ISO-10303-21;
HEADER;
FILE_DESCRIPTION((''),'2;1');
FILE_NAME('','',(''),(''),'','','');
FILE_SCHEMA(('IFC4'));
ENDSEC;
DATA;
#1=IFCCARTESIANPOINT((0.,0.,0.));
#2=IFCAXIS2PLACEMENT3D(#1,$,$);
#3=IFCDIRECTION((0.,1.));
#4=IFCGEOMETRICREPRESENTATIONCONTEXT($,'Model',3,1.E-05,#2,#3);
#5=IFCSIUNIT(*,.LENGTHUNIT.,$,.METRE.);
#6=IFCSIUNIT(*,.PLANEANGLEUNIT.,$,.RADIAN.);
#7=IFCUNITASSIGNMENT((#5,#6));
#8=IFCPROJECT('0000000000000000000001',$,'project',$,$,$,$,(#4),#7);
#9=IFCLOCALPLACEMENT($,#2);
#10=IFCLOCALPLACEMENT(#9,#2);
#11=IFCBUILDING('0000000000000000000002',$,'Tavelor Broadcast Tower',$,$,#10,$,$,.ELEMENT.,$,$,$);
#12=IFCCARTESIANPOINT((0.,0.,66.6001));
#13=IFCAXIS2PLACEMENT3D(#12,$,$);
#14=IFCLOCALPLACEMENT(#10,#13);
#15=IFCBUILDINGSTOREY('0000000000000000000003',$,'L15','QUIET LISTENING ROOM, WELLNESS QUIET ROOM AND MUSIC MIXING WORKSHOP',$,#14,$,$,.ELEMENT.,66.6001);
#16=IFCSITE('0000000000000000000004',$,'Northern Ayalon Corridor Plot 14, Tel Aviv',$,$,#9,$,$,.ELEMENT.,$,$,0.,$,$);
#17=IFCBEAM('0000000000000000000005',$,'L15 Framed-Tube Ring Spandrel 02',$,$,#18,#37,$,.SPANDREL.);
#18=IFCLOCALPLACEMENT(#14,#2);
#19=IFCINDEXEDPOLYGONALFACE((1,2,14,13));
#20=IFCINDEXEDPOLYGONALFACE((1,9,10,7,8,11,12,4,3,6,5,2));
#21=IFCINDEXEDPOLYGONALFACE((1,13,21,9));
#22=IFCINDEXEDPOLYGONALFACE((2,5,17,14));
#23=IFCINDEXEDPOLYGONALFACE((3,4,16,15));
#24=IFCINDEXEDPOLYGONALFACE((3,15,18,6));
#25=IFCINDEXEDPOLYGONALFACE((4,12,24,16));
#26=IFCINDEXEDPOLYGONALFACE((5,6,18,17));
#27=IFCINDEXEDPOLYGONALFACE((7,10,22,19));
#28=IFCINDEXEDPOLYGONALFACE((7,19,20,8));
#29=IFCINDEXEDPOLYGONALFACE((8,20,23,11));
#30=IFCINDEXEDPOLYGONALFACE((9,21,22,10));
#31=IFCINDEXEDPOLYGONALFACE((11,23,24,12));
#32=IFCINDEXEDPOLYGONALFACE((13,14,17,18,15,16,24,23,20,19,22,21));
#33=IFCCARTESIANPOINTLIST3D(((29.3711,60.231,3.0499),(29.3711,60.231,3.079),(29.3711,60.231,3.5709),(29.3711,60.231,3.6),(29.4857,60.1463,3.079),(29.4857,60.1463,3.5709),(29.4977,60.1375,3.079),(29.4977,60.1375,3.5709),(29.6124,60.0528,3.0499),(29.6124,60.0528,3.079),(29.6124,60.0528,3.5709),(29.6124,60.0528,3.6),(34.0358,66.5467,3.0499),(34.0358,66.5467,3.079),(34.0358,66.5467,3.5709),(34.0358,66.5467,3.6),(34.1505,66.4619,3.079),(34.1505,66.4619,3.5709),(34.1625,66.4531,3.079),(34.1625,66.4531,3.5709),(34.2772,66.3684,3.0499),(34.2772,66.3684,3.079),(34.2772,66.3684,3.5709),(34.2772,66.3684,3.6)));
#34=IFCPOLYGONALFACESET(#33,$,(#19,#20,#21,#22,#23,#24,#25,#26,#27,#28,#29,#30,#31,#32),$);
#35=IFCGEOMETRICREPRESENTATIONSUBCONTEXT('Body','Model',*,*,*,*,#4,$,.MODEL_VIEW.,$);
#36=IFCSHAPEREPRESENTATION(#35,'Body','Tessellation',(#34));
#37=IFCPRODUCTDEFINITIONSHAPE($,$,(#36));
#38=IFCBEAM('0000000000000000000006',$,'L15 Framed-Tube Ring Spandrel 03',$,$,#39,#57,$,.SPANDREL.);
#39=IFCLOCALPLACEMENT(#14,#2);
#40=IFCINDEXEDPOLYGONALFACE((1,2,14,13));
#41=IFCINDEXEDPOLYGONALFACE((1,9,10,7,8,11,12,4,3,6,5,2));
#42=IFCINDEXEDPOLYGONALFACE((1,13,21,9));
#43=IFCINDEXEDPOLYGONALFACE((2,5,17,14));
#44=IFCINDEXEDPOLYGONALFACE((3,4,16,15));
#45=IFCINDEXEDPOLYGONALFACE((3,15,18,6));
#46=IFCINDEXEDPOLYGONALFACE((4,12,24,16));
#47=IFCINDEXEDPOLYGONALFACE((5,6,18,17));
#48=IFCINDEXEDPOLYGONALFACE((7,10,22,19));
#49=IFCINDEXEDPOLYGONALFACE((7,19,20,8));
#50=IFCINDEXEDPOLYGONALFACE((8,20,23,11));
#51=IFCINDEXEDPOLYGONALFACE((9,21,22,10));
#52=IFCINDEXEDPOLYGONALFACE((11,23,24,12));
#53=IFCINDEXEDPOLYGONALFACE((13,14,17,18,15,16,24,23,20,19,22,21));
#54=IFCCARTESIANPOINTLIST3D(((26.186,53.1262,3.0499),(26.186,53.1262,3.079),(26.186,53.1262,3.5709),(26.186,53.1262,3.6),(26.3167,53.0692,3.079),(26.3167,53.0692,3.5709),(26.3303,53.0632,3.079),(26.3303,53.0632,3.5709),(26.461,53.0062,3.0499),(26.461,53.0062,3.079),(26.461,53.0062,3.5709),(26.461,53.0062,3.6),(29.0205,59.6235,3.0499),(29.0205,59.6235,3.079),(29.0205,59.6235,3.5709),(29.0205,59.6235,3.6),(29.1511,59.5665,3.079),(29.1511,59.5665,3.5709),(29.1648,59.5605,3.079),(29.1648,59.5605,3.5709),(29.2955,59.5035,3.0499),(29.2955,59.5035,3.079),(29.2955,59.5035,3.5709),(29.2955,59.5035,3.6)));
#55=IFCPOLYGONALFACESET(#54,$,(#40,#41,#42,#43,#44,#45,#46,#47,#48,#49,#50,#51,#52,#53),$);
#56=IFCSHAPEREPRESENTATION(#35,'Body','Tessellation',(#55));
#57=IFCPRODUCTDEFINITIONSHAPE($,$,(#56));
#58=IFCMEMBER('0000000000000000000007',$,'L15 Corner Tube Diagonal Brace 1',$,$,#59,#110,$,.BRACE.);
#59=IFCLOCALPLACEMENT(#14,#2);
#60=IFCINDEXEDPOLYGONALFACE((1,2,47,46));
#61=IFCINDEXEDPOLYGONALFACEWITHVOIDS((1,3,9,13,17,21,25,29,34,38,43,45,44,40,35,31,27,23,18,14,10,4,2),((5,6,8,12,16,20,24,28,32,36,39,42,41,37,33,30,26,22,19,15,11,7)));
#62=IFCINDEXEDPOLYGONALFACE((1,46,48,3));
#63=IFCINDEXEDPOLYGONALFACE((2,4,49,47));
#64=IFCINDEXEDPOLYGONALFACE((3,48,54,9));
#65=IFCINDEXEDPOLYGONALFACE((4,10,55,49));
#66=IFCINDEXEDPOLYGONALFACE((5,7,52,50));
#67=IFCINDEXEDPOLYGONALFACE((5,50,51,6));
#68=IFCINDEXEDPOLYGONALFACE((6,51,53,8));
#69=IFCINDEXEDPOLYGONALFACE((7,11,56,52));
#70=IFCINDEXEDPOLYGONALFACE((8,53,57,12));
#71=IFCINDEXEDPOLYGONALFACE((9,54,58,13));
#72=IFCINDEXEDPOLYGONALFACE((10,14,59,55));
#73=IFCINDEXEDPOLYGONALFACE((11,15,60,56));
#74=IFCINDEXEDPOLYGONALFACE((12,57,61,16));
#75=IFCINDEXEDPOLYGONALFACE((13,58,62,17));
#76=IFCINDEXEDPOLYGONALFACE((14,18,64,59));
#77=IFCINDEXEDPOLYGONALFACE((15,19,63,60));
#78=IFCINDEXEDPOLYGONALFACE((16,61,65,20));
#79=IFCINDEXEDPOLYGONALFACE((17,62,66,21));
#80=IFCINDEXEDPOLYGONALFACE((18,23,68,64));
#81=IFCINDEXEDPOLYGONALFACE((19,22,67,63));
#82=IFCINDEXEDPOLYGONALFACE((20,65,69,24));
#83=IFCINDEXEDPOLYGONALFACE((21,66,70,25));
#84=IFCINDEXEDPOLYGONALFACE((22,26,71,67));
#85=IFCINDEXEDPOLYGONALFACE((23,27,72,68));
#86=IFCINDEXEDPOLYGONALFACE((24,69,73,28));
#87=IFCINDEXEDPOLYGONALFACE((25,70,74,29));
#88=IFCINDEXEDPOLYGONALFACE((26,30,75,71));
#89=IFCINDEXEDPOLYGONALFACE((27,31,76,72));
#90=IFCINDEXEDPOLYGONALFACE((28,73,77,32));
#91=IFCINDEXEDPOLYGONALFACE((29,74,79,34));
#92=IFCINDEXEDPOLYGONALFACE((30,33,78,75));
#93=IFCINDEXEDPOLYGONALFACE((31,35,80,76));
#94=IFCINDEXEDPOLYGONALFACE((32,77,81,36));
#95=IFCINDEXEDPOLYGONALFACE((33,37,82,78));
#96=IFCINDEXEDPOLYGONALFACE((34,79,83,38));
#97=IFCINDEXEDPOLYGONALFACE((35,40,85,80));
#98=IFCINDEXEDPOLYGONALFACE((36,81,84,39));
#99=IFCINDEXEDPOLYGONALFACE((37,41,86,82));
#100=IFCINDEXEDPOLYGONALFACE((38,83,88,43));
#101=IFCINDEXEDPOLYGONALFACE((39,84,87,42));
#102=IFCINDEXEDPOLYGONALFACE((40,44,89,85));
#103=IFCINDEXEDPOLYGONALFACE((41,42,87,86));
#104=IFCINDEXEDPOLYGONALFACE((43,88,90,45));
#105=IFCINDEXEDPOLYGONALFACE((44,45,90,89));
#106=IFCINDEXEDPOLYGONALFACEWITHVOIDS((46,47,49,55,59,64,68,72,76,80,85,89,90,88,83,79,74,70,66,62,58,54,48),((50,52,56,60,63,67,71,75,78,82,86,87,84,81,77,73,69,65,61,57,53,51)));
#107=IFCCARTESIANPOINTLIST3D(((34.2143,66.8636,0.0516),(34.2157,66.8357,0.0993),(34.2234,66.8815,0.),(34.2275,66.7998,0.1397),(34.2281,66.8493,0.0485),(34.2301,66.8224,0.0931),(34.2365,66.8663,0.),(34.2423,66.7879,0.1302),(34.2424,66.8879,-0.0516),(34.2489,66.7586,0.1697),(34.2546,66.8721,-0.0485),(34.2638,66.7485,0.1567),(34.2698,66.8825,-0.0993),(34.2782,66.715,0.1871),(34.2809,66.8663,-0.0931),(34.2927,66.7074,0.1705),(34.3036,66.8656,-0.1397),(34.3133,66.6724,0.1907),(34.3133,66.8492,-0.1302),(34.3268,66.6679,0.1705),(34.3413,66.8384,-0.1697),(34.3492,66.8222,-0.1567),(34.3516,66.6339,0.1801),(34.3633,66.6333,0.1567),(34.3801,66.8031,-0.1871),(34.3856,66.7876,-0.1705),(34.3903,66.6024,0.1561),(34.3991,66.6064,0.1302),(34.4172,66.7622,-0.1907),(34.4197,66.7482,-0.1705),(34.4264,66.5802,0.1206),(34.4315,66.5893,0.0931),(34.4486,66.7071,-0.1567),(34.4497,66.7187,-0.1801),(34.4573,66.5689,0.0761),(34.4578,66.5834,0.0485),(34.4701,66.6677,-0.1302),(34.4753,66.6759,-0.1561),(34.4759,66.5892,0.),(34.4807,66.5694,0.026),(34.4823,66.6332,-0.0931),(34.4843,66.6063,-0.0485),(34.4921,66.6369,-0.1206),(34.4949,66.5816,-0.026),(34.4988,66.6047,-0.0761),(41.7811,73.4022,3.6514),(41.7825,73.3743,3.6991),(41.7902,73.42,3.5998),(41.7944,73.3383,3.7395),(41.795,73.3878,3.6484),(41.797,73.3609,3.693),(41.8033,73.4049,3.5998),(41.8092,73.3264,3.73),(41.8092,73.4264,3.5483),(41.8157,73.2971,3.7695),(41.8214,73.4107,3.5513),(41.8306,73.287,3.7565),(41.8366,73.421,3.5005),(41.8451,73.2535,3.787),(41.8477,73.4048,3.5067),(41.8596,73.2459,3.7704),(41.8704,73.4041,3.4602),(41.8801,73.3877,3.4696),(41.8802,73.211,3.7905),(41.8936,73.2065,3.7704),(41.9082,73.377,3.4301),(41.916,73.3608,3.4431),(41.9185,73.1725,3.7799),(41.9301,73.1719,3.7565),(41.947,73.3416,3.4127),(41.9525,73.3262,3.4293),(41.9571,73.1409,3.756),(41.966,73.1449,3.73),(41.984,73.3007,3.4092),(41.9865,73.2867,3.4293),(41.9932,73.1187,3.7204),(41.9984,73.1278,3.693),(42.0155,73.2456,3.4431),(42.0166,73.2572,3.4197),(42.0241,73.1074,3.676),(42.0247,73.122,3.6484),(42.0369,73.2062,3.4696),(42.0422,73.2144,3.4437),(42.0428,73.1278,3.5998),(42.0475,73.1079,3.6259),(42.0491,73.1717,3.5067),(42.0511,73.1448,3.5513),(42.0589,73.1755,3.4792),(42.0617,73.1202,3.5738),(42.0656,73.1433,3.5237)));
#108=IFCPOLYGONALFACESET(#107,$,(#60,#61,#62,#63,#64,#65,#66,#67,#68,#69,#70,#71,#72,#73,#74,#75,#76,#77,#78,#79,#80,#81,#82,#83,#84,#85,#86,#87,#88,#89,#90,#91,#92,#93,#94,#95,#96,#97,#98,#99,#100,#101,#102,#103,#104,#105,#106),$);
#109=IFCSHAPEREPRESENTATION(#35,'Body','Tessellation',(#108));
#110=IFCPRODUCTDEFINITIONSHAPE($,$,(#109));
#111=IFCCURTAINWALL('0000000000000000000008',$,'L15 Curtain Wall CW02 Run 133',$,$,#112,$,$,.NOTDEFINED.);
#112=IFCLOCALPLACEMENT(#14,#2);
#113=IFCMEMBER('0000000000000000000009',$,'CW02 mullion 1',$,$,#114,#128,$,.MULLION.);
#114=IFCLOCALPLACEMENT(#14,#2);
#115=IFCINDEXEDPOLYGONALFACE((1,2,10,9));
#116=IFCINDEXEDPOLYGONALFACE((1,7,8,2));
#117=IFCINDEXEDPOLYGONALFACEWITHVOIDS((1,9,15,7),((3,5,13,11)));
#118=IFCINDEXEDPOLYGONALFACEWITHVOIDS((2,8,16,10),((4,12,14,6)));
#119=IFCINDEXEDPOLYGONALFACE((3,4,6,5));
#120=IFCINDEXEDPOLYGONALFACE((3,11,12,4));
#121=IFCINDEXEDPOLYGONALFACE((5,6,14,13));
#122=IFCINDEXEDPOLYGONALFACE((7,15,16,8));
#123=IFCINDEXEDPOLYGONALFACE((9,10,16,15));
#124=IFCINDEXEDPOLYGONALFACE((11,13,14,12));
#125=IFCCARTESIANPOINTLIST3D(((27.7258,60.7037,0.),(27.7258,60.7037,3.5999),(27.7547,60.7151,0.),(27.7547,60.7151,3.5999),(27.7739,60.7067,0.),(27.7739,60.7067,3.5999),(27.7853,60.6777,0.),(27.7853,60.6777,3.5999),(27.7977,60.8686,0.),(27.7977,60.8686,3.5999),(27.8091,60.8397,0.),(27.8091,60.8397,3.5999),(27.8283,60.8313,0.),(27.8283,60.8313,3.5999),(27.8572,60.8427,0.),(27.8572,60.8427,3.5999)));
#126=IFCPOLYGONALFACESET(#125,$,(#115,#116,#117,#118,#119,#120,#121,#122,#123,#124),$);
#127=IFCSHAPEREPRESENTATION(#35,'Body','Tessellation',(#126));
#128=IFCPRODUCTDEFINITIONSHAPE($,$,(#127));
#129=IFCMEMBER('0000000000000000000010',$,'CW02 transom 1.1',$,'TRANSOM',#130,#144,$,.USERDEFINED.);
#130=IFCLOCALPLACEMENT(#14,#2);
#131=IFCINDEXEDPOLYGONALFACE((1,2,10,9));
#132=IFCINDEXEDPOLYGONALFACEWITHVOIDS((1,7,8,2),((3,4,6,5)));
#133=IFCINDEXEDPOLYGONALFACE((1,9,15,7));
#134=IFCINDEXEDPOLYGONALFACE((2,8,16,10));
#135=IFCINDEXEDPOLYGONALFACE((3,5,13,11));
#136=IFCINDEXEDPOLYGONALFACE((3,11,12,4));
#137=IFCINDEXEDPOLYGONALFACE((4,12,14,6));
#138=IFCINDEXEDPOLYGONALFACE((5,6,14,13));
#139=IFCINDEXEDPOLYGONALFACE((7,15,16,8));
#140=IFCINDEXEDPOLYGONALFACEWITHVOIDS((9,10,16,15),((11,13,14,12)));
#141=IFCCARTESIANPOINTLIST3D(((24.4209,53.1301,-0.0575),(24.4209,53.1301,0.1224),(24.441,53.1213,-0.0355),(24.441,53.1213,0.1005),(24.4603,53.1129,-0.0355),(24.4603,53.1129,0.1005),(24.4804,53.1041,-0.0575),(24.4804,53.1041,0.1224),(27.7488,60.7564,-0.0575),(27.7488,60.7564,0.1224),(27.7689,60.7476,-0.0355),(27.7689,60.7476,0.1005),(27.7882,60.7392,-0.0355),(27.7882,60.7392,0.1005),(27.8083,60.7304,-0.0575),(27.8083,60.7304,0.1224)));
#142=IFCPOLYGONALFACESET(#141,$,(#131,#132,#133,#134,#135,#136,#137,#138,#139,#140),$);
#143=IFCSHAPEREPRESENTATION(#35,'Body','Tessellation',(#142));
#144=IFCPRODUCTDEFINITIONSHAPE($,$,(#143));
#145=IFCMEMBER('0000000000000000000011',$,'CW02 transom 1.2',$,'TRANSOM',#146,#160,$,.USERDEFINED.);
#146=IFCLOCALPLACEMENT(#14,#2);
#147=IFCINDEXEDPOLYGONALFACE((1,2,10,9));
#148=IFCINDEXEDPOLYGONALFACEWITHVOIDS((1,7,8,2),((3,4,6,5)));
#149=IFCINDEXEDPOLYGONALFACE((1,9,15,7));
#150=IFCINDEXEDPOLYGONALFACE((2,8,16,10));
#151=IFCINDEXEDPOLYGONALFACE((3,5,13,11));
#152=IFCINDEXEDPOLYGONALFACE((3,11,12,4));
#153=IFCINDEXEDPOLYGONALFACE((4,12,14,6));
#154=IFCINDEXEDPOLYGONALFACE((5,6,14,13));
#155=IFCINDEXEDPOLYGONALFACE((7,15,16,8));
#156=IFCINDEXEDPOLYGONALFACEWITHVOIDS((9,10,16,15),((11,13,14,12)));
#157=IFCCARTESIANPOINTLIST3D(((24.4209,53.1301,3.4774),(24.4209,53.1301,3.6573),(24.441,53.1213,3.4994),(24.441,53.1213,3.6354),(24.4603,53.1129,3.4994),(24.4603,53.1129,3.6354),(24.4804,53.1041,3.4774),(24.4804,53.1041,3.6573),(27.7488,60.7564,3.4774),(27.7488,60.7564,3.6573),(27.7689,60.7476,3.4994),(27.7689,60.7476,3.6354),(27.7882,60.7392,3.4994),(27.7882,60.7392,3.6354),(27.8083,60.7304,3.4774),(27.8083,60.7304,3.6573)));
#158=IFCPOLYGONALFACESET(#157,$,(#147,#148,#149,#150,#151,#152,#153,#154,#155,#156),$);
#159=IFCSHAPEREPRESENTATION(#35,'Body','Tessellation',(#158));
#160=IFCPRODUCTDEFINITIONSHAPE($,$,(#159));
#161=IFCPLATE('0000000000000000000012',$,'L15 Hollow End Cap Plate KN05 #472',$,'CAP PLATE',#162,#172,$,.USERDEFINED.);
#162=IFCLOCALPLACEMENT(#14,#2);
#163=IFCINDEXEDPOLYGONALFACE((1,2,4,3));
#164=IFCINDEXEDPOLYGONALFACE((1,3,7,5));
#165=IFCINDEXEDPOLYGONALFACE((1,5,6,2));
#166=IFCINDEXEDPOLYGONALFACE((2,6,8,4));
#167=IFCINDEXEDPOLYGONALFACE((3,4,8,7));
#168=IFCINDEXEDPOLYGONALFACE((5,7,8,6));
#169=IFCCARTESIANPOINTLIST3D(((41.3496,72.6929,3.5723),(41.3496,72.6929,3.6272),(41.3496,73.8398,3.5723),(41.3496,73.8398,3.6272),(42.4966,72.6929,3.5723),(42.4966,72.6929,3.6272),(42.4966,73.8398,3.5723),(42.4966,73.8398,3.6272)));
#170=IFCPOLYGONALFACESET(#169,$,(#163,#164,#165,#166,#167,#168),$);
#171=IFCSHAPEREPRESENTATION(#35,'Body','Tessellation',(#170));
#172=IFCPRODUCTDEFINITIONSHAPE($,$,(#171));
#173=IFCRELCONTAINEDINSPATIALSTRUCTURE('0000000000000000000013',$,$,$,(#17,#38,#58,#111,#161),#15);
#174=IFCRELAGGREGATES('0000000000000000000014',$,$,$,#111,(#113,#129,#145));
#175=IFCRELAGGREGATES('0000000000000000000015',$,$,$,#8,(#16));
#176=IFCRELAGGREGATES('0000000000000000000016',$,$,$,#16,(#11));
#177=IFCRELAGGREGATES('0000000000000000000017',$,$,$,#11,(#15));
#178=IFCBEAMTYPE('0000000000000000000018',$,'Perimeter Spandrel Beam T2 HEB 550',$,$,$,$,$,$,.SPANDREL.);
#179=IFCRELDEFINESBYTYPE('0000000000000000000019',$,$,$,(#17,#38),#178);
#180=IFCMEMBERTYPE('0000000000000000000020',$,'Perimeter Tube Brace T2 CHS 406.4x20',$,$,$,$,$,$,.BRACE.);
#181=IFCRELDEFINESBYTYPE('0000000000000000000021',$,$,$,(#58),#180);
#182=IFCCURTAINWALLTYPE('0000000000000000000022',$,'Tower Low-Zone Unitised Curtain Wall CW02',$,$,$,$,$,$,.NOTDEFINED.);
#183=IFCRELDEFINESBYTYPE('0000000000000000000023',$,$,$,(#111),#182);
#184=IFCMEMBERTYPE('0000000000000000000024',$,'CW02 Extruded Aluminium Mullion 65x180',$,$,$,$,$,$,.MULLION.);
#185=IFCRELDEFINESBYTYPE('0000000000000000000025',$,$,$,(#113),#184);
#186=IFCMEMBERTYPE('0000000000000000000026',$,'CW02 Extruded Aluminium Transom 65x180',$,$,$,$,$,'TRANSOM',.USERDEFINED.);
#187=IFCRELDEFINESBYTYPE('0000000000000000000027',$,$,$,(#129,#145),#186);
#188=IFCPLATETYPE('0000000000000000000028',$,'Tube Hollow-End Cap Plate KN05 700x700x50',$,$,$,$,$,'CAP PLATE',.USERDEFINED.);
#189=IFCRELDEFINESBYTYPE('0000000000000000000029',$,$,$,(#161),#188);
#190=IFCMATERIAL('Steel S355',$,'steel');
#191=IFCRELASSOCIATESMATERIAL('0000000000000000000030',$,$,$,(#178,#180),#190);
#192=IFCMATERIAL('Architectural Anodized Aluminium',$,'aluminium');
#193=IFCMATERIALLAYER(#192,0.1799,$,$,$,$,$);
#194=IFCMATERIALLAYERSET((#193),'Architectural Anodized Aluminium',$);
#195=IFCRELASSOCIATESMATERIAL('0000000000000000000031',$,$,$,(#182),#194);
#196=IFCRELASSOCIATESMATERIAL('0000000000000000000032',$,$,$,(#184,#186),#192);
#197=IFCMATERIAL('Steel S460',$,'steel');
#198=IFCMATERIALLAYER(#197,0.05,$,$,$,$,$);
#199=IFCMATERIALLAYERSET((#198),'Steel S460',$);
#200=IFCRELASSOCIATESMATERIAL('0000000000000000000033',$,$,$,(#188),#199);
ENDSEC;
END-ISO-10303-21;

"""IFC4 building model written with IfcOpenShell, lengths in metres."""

from ifc_helpers import new_model, si_unit, direction, frame, origin, origin_2d, place, context, subcontext, project, spatial, rectangle, hollow_rectangle, hollow_circle, i_section, extrude, source, transform, mapped, material, layer, layer_set, material_profile, profile_set, type_object, type_shapes, element, aggregate, save


model = new_model("IFC4")

# Units and contexts
model_context = context("Model", 3, precision=1e-05, world=origin(), true_north=direction((0.0, 1.0)))
body_context = subcontext(model_context, "Body", "Model", "MODEL_VIEW")
ifc_project = project(units=[si_unit("LENGTHUNIT", "METRE"), si_unit("PLANEANGLEUNIT", "RADIAN")], contexts=[model_context])

# Site, building, storey
site_placement = place(None, origin())
site = spatial("IfcSite", under=ifc_project, at=site_placement, Name="Northern Ayalon Corridor Plot 14, Tel Aviv", CompositionType="ELEMENT", RefElevation=0.0)
building_placement = place(site_placement, origin())
building = spatial("IfcBuilding", under=site, at=building_placement, Name="Tavelor Broadcast Tower", CompositionType="ELEMENT")
storey_placement = place(building_placement, frame((0.0, 0.0, 66.6001)))
storey = spatial("IfcBuildingStorey", under=building, at=storey_placement, Name="L15", Description="QUIET LISTENING ROOM, WELLNESS QUIET ROOM AND MUSIC MIXING WORKSHOP", CompositionType="ELEMENT", Elevation=66.6001)

# Shared definitions
ifc_material_1 = material(Name="Steel S460", Category="steel")

# Beams
ifc_material_2 = material(Name="Steel S355", Category="steel")
ifc_material_profile_1 = material_profile(ifc_material_2, i_section(OverallWidth=0.3, OverallDepth=0.55, WebThickness=0.0149, FlangeThickness=0.0291, at=origin_2d()), Name="HEB 550")
ifc_profile_set_1 = profile_set([ifc_material_profile_1], Name="Steel S355")
beam_type_1 = type_object("IfcBeamType", Name="Perimeter Spandrel Beam T2 HEB 550", PredefinedType="SPANDREL", material=ifc_profile_set_1)
beam_1_placement = place(storey_placement, frame((34.1565, 66.4575, 3.325), z_axis=(-0.594118, -0.804378, 0.0), x_axis=(0.804378, -0.594118, 0.0)))
element("IfcBeam", 1, at=beam_1_placement, inside=storey, type_object=beam_type_1, Name="L15 Framed-Tube Ring Spandrel 02", PredefinedType="SPANDREL", context=body_context, shape_type="SweptSolid", body=[
    extrude(i_section(OverallWidth=0.3, OverallDepth=0.55, WebThickness=0.0149, FlangeThickness=0.0291, at=origin_2d()), origin(), (0.0, 0.0, 1.0), 7.8516),
])
beam_2_placement = place(storey_placement, frame((29.158, 59.5635, 3.325), z_axis=(-0.399859, -0.916577, 0.0), x_axis=(0.916577, -0.399859, 0.0)))
element("IfcBeam", 2, at=beam_2_placement, inside=storey, type_object=beam_type_1, Name="L15 Framed-Tube Ring Spandrel 03", PredefinedType="SPANDREL", context=body_context, shape_type="SweptSolid", body=[
    extrude(i_section(OverallWidth=0.3, OverallDepth=0.55, WebThickness=0.0149, FlangeThickness=0.0291, at=origin_2d()), origin(), (0.0, 0.0, 1.0), 7.0886),
])

# Member
ifc_material_profile_2 = material_profile(ifc_material_2, hollow_circle(Radius=0.2031, WallThickness=0.02, at=origin_2d()), Name="CHS 406.4x20")
ifc_profile_set_2 = profile_set([ifc_material_profile_2], Name="Steel S355")
member_type_1 = type_object("IfcMemberType", Name="Perimeter Tube Brace T2 CHS 406.4x20", PredefinedType="BRACE", material=ifc_profile_set_2)
member_1_placement = place(storey_placement, frame((34.3562, 66.7278, 0.0), z_axis=(0.711929, 0.61518, 0.338691), x_axis=(-0.653822, 0.756648, 0.0)))
element("IfcMember", 3, at=member_1_placement, inside=storey, type_object=member_type_1, Name="L15 Corner Tube Diagonal Brace 1", PredefinedType="BRACE", context=body_context, shape_type="SweptSolid", body=[
    extrude(hollow_circle(Radius=0.2031, WallThickness=0.02, at=origin_2d()), origin(), (0.0, 0.0, 1.0), 10.6287),
])

# Curtain wall, members
ifc_material_3 = material(Name="Architectural Anodized Aluminium", Category="aluminium")
ifc_layer_1 = layer(ifc_material_3, 0.1799)
ifc_layer_set_1 = layer_set([ifc_layer_1], Name="Architectural Anodized Aluminium")
curtain_wall_type = type_object("IfcCurtainWallType", Name="Tower Low-Zone Unitised Curtain Wall CW02", PredefinedType="NOTDEFINED", material=ifc_layer_set_1)
curtain_wall_placement = place(storey_placement, origin())
curtain_wall = element("IfcCurtainWall", 4, at=curtain_wall_placement, inside=storey, type_object=curtain_wall_type, Name="L15 Curtain Wall CW02 Run 133", PredefinedType="NOTDEFINED")
ifc_material_profile_3 = material_profile(ifc_material_3, hollow_rectangle(XDim=0.0649, YDim=0.1799, WallThickness=0.022, at=origin_2d()), Name="RHS 65x180x22")
ifc_profile_set_3 = profile_set([ifc_material_profile_3], Name="Architectural Anodized Aluminium")
member_type_2 = type_object("IfcMemberType", Name="CW02 Extruded Aluminium Mullion 65x180", PredefinedType="MULLION", material=ifc_profile_set_3)
shared_shape_1 = source(origin(), body_context, "Body", "SweptSolid", [
    extrude(hollow_rectangle(XDim=0.0649, YDim=0.1799, WallThickness=0.022, at=origin_2d()), origin(), (0.0, 0.0, 1.0), 3.5999),
])
type_shapes(member_type_2, [shared_shape_1])
member_2_placement = place(storey_placement, frame((27.7915, 60.7732, 0.0), z_axis=(0.0, 0.0, 1.0), x_axis=(0.916538, -0.399948, 0.0)))
member_2 = element("IfcMember", 5, at=member_2_placement, type_object=member_type_2, Name="CW02 mullion 1", PredefinedType="MULLION", context=body_context, shape_type="MappedRepresentation", body=[
    mapped(shared_shape_1, transform((0.0, 0.0, 0.0), scale=1.0)),
])
ifc_material_profile_4 = material_profile(ifc_material_3, hollow_rectangle(XDim=0.0649, YDim=0.1799, WallThickness=0.022, at=origin_2d()), Name="RHS 65x180x22")
ifc_profile_set_4 = profile_set([ifc_material_profile_4], Name="Architectural Anodized Aluminium")
member_type_3 = type_object("IfcMemberType", Name="CW02 Extruded Aluminium Transom 65x180", ElementType="TRANSOM", PredefinedType="USERDEFINED", material=ifc_profile_set_4)
shared_shape_2 = source(origin(), body_context, "Body", "SweptSolid", [
    extrude(hollow_rectangle(XDim=0.0649, YDim=0.1799, WallThickness=0.022, at=origin_2d()), origin(), (0.0, 0.0, 1.0), 8.3208),
])
type_shapes(member_type_3, [shared_shape_2])
member_3_placement = place(storey_placement, frame((27.7786, 60.7434, 0.0325), z_axis=(-0.399952, -0.916536, 0.0), x_axis=(0.916536, -0.399952, 0.0)))
member_3 = element("IfcMember", 6, at=member_3_placement, type_object=member_type_3, Name="CW02 transom 1.1", ObjectType="TRANSOM", PredefinedType="USERDEFINED", context=body_context, shape_type="MappedRepresentation", body=[
    mapped(shared_shape_2, transform((0.0, 0.0, 0.0), scale=1.0)),
])
member_4_placement = place(storey_placement, frame((27.7786, 60.7434, 3.5674), z_axis=(-0.399952, -0.916536, 0.0), x_axis=(0.916536, -0.399952, 0.0)))
member_4 = element("IfcMember", 7, at=member_4_placement, type_object=member_type_3, Name="CW02 transom 1.2", ObjectType="TRANSOM", PredefinedType="USERDEFINED", context=body_context, shape_type="MappedRepresentation", body=[
    mapped(shared_shape_2, transform((0.0, 0.0, 0.0), scale=1.0)),
])
aggregate(curtain_wall, [member_2, member_3, member_4])

# Plate
ifc_layer_2 = layer(ifc_material_1, 0.05)
ifc_layer_set_2 = layer_set([ifc_layer_2], Name="Steel S460")
plate_type = type_object("IfcPlateType", Name="Tube Hollow-End Cap Plate KN05 700x700x50", ElementType="CAP PLATE", PredefinedType="USERDEFINED", material=ifc_layer_set_2)
shared_shape_3 = source(origin(), body_context, "Body", "SweptSolid", [
    extrude(rectangle(XDim=1.147, YDim=1.147, at=origin_2d()), origin(), (0.0, 0.0, 1.0), 0.0549),
])
plate_placement = place(storey_placement, frame((41.9231, 73.2664, 3.5723), z_axis=(0.0, 0.0, 1.0), x_axis=(1.0, 0.0, 0.0)))
element("IfcPlate", 8, at=plate_placement, inside=storey, type_object=plate_type, Name="L15 Hollow End Cap Plate KN05 #472", ObjectType="CAP PLATE", PredefinedType="USERDEFINED", context=body_context, shape_type="MappedRepresentation", body=[
    mapped(shared_shape_3, transform((0.0, 0.0, 0.0), scale=1.0)),
])

save(model, "model.ifc")
